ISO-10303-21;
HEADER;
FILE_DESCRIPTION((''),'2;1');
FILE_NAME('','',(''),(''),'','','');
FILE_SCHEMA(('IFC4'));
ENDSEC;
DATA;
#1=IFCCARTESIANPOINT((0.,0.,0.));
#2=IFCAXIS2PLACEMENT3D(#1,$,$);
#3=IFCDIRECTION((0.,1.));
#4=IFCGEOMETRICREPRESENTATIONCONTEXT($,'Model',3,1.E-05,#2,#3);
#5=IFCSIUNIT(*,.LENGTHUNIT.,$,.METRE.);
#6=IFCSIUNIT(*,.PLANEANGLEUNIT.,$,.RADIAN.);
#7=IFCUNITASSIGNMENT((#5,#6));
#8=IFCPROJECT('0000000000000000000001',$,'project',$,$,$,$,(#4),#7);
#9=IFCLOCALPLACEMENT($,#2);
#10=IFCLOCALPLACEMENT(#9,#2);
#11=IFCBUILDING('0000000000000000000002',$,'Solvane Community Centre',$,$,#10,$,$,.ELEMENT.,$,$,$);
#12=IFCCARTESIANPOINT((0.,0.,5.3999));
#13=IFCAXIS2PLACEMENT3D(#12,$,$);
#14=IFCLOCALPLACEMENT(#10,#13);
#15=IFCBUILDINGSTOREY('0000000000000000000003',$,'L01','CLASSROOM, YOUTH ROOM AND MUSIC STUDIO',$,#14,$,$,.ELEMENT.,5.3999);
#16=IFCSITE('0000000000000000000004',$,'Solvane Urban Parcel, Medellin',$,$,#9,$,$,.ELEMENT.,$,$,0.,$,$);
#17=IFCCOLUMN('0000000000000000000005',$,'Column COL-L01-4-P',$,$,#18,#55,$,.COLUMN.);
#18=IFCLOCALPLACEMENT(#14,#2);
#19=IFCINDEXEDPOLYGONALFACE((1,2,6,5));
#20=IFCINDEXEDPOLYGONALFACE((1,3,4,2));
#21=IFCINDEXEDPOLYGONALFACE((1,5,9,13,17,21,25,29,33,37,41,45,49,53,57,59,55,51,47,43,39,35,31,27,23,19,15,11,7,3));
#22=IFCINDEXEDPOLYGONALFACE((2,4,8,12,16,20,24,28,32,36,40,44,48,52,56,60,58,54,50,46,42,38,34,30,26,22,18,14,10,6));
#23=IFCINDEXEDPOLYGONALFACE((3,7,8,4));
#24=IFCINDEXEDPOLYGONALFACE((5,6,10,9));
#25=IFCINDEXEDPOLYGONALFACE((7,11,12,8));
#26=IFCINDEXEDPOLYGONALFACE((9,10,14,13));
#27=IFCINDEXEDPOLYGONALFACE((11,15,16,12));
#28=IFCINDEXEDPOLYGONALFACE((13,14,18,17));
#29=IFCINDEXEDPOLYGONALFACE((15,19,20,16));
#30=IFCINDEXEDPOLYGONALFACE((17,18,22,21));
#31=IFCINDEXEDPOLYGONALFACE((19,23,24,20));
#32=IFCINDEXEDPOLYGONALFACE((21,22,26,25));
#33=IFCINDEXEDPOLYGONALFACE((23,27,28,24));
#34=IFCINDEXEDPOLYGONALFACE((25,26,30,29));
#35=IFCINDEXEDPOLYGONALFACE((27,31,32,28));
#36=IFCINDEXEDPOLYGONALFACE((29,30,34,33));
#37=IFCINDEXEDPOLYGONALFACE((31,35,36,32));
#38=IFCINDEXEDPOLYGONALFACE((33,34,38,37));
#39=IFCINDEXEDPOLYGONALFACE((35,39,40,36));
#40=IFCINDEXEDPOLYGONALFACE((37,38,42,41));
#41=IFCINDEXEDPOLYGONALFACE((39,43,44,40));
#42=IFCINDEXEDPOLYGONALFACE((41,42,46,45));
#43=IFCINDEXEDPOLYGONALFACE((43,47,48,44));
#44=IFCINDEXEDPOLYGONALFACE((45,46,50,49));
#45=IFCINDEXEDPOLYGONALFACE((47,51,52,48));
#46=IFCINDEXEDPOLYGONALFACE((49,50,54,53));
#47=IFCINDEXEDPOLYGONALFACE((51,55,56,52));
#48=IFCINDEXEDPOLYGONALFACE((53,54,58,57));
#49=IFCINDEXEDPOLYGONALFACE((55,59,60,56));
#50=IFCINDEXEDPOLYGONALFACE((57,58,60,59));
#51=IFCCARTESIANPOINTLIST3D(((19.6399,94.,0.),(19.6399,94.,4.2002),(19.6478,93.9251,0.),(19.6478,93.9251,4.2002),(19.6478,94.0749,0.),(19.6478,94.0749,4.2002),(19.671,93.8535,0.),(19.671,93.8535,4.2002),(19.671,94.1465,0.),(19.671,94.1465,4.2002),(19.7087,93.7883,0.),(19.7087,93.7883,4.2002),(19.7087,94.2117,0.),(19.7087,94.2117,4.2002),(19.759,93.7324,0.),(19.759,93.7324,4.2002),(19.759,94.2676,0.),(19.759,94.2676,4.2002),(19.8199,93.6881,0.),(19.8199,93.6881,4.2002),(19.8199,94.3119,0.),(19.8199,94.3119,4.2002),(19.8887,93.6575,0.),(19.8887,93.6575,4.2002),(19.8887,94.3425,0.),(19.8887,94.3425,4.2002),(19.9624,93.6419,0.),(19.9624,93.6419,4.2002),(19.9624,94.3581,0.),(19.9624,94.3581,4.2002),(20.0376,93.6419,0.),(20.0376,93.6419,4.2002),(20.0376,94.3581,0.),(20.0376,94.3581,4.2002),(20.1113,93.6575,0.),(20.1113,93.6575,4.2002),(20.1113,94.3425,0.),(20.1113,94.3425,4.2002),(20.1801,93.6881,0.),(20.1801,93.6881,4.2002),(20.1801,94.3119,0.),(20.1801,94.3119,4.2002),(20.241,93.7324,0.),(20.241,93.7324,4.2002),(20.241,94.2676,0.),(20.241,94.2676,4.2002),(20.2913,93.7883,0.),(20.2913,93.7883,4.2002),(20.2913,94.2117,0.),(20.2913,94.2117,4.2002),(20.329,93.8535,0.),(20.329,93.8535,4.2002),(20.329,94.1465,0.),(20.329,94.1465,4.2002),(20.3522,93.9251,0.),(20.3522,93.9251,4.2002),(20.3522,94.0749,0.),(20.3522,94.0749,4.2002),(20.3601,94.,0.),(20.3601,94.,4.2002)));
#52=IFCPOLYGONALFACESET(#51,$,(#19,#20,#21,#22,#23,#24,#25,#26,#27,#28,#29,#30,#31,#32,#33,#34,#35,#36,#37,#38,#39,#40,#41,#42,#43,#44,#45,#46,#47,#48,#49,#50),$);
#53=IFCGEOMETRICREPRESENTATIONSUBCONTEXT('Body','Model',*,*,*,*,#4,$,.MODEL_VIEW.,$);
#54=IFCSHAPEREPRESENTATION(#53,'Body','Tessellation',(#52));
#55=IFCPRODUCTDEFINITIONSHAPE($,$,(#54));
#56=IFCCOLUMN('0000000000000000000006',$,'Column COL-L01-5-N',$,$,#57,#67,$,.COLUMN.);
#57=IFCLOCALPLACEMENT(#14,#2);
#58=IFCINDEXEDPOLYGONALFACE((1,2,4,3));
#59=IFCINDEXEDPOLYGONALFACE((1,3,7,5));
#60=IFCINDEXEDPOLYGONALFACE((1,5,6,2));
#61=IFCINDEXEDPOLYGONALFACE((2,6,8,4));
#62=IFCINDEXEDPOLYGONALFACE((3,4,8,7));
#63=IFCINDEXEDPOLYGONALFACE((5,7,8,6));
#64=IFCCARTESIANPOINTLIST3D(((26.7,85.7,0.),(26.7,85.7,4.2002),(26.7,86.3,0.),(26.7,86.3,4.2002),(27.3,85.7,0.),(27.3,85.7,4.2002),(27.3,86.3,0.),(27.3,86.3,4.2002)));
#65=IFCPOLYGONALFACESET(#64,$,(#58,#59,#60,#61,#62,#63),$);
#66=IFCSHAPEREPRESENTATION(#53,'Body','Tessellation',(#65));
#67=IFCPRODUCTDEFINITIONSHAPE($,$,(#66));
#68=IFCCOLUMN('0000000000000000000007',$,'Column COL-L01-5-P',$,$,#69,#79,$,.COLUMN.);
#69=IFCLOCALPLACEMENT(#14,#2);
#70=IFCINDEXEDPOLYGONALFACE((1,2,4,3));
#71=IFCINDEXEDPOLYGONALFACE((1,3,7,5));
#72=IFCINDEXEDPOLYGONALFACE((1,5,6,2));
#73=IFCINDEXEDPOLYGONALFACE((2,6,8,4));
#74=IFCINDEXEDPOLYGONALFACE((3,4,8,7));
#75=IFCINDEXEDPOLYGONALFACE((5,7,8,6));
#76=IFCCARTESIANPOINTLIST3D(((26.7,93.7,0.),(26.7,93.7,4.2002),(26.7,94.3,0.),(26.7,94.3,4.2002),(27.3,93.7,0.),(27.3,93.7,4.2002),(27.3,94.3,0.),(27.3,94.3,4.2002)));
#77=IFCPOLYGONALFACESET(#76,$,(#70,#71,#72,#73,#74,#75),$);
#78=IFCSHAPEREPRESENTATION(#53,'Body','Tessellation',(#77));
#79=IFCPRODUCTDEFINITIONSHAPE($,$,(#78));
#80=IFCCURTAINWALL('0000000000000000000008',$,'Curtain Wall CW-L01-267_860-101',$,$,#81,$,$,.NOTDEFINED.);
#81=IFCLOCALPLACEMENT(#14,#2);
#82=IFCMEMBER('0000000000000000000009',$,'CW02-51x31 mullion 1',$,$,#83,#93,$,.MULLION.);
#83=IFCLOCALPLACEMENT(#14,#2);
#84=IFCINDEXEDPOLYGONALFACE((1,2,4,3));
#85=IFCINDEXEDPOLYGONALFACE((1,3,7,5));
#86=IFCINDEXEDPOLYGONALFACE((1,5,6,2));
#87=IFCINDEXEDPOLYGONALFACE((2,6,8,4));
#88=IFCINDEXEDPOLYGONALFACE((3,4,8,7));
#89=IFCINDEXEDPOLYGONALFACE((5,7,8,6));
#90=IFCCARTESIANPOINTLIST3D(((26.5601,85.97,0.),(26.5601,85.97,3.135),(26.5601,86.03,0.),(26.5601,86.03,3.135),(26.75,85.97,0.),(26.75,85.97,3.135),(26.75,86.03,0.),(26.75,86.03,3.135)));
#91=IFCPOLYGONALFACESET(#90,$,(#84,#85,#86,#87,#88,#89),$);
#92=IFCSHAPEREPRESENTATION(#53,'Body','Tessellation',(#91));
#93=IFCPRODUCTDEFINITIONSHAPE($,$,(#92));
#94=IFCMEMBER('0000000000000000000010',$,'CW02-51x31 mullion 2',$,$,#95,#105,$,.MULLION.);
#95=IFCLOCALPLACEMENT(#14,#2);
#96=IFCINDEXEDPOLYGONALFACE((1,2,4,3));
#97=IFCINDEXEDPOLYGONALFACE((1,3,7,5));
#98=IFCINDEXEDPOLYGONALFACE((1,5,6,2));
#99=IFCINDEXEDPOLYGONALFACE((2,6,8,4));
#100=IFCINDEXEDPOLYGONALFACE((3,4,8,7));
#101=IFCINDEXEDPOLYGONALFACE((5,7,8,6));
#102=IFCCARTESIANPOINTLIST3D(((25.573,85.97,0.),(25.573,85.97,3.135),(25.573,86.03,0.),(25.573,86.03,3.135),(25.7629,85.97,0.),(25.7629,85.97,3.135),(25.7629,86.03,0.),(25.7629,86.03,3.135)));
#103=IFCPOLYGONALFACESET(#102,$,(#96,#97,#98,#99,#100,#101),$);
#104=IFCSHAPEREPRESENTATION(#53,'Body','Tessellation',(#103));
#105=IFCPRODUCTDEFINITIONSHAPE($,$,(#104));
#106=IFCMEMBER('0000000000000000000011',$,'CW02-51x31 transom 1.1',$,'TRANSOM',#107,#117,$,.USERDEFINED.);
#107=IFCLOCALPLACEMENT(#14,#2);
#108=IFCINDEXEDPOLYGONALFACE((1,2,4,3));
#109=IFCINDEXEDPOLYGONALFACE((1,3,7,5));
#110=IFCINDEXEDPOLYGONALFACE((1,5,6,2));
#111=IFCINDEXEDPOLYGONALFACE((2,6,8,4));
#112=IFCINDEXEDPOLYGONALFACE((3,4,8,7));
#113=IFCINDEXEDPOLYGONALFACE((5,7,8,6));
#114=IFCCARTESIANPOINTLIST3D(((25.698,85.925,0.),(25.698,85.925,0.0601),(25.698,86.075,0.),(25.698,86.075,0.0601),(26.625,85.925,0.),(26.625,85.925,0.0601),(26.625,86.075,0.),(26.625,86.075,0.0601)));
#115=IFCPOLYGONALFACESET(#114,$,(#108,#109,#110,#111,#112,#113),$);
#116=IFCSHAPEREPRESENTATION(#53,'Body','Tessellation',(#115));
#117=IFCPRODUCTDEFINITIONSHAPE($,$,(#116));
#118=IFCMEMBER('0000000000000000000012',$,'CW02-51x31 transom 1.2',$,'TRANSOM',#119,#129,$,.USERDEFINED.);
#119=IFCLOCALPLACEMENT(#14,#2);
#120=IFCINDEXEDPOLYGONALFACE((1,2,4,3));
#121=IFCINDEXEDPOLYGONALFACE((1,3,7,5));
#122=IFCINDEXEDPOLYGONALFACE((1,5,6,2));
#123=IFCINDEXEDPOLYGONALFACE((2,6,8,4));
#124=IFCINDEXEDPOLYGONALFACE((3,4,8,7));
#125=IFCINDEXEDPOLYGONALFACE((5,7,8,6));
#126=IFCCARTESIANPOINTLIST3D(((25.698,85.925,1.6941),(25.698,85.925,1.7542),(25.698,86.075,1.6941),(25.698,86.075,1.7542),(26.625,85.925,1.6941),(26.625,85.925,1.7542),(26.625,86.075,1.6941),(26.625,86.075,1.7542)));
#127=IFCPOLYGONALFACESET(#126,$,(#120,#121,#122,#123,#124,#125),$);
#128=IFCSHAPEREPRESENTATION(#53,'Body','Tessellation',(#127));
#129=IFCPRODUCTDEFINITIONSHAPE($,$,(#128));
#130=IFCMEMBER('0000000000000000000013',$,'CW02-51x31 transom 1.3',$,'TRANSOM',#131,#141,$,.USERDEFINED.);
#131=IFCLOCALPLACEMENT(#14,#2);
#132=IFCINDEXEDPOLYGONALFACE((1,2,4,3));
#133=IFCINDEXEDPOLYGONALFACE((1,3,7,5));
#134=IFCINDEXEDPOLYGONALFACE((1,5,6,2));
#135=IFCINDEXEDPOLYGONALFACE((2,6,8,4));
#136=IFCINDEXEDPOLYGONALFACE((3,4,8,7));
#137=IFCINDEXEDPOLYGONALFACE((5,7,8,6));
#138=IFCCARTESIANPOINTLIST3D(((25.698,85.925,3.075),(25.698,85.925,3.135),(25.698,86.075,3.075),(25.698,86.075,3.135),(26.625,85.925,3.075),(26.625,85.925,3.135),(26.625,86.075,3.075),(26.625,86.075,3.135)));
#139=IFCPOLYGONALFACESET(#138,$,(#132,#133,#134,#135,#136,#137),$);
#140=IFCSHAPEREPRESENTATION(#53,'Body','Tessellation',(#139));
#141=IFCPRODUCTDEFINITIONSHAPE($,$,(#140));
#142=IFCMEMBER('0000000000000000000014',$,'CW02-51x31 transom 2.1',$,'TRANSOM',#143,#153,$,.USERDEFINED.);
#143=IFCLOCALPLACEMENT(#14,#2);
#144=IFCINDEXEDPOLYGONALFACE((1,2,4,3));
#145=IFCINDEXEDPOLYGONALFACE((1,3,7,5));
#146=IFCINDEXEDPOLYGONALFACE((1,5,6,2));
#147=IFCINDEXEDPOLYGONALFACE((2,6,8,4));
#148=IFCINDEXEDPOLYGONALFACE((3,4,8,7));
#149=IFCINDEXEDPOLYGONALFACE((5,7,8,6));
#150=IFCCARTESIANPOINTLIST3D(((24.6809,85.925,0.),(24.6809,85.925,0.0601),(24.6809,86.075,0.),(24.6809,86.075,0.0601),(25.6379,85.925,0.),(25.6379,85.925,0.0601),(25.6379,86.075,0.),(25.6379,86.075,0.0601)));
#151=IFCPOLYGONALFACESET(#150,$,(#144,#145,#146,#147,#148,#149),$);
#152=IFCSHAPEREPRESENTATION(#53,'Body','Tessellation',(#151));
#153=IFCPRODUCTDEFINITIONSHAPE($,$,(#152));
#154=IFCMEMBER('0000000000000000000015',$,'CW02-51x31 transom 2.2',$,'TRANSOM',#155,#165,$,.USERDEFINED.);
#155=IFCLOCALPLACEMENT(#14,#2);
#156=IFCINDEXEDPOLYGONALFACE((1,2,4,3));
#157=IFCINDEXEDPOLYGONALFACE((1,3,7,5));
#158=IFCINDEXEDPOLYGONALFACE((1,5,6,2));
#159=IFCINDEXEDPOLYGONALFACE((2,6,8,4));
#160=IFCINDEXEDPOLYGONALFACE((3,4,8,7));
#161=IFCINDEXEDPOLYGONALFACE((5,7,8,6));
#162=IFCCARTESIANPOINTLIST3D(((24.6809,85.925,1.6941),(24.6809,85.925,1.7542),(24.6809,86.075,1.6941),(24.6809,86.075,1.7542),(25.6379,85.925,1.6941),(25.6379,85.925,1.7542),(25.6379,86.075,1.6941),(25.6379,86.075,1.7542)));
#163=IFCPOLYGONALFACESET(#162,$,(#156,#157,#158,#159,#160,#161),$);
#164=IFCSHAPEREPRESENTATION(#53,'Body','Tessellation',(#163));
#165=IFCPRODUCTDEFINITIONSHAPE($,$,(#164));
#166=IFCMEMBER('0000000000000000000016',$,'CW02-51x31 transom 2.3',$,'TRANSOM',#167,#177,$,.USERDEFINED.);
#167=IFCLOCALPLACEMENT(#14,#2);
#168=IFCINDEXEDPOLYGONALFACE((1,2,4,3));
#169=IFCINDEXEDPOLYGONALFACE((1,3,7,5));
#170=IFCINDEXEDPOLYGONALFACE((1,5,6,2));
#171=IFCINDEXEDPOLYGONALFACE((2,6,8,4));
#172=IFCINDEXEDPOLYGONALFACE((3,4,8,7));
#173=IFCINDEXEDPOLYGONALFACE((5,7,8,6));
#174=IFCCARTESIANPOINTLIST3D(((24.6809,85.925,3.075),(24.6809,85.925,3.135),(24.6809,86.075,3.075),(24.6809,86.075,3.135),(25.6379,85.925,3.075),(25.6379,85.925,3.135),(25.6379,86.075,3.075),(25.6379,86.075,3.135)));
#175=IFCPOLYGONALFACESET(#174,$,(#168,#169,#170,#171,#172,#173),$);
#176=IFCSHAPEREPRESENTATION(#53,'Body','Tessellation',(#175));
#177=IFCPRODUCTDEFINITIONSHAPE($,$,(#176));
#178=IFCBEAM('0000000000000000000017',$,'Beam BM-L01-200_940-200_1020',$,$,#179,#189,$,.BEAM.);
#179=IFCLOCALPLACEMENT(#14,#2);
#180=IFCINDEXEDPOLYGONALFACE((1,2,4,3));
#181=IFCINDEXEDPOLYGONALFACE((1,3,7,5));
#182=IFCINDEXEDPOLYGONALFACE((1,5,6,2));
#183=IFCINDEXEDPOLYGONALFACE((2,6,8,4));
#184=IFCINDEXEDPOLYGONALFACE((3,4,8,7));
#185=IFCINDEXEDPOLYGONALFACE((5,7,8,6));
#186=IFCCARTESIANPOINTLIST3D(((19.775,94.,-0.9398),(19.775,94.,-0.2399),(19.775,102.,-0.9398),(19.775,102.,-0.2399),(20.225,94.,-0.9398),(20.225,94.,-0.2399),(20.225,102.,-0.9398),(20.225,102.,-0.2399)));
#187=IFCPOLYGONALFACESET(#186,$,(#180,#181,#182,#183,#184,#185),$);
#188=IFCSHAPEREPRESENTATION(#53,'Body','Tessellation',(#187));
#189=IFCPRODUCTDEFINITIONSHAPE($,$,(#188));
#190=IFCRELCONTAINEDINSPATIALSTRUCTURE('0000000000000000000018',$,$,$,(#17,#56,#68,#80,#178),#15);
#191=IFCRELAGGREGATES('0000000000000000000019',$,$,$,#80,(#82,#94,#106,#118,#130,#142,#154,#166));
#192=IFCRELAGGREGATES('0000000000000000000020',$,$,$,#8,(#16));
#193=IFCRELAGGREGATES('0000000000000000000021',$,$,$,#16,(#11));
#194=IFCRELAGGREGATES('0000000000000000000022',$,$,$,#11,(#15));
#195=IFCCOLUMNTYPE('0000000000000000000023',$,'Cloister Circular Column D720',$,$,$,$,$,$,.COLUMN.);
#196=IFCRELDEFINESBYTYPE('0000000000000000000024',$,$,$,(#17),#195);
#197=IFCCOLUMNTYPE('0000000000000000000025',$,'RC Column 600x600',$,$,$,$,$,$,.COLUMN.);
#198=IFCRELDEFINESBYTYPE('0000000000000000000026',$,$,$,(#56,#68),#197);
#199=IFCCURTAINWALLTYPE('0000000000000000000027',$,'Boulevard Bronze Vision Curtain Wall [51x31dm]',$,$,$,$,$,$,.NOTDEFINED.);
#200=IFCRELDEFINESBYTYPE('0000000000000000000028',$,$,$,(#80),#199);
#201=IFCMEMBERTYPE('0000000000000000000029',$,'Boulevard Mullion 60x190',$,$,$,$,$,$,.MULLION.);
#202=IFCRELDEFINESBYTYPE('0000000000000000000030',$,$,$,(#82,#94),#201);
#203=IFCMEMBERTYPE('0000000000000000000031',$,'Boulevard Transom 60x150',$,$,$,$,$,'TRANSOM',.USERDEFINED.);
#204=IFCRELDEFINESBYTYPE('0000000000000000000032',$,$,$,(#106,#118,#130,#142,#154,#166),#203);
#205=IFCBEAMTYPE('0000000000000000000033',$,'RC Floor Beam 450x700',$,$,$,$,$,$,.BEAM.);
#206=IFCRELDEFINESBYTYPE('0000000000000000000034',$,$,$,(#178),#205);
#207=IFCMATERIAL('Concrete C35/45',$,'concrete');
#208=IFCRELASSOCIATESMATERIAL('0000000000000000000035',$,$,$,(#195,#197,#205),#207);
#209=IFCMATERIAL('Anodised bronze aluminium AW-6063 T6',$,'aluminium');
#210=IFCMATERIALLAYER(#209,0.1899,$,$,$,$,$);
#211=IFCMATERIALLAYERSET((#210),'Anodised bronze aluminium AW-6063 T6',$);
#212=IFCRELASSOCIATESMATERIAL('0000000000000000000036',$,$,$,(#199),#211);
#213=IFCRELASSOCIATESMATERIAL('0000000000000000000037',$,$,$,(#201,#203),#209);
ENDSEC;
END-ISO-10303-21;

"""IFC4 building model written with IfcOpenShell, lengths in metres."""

from ifc_helpers import new_model, si_unit, direction, frame, origin, origin_2d, place, context, subcontext, project, spatial, rectangle, circle, extrude, material, layer, layer_set, material_profile, profile_set, type_object, element, aggregate, save


model = new_model("IFC4")

# Units and contexts
model_context = context("Model", 3, precision=1e-05, world=origin(), true_north=direction((0.0, 1.0)))
body_context = subcontext(model_context, "Body", "Model", "MODEL_VIEW")
ifc_project = project(units=[si_unit("LENGTHUNIT", "METRE"), si_unit("PLANEANGLEUNIT", "RADIAN")], contexts=[model_context])

# Site, building, storey
site_placement = place(None, origin())
site = spatial("IfcSite", under=ifc_project, at=site_placement, Name="Solvane Urban Parcel, Medellin", CompositionType="ELEMENT", RefElevation=0.0)
building_placement = place(site_placement, origin())
building = spatial("IfcBuilding", under=site, at=building_placement, Name="Solvane Community Centre", CompositionType="ELEMENT")
storey_placement = place(building_placement, frame((0.0, 0.0, 5.3999)))
storey = spatial("IfcBuildingStorey", under=building, at=storey_placement, Name="L01", Description="CLASSROOM, YOUTH ROOM AND MUSIC STUDIO", CompositionType="ELEMENT", Elevation=5.3999)

# Columns
ifc_material_1 = material(Name="Concrete C35/45", Category="concrete")
ifc_material_profile_1 = material_profile(ifc_material_1, circle(Radius=0.3601, at=origin_2d()), Name="RC D720")
ifc_profile_set_1 = profile_set([ifc_material_profile_1], Name="Concrete C35/45")
column_type_1 = type_object("IfcColumnType", Name="Cloister Circular Column D720", PredefinedType="COLUMN", material=ifc_profile_set_1)
column_placement = place(storey_placement, frame((20.0, 94.0, 0.0), z_axis=(0.0, 0.0, 1.0), x_axis=(1.0, 0.0, 0.0)))
element("IfcColumn", 1, at=column_placement, inside=storey, type_object=column_type_1, Name="Column COL-L01-4-P", PredefinedType="COLUMN", context=body_context, shape_type="SweptSolid", body=[
    extrude(circle(Radius=0.3601, at=origin_2d()), origin(), (0.0, 0.0, 1.0), 4.2002),
])
ifc_material_profile_2 = material_profile(ifc_material_1, rectangle(XDim=0.6001, YDim=0.6001, at=origin_2d()), Name="RC 600x600")
ifc_profile_set_2 = profile_set([ifc_material_profile_2], Name="Concrete C35/45")
column_type_2 = type_object("IfcColumnType", Name="RC Column 600x600", PredefinedType="COLUMN", material=ifc_profile_set_2)
for number, where, z_axis, x_axis, name in (
    (2, (27.0, 86.0, 0.0), (0.0, 0.0, 1.0), (1.0, 0.0, 0.0), "Column COL-L01-5-N"),
    (3, (27.0, 94.0, 0.0), (0.0, 0.0, 1.0), (1.0, 0.0, 0.0), "Column COL-L01-5-P"),
):
    element("IfcColumn", number, at=place(storey_placement, frame(where, z_axis=z_axis, x_axis=x_axis)), inside=storey, type_object=column_type_2, Name=name, PredefinedType="COLUMN", context=body_context, shape_type="SweptSolid", body=[
        extrude(rectangle(XDim=0.6001, YDim=0.6001, at=origin_2d()), origin(), (0.0, 0.0, 1.0), 4.2002),
    ])

# Curtain wall, members
ifc_material_2 = material(Name="Anodised bronze aluminium AW-6063 T6", Category="aluminium")
ifc_layer_1 = layer(ifc_material_2, 0.1899)
ifc_layer_set_1 = layer_set([ifc_layer_1], Name="Anodised bronze aluminium AW-6063 T6")
curtain_wall_type = type_object("IfcCurtainWallType", Name="Boulevard Bronze Vision Curtain Wall [51x31dm]", PredefinedType="NOTDEFINED", material=ifc_layer_set_1)
curtain_wall_placement = place(storey_placement, origin())
curtain_wall = element("IfcCurtainWall", 4, at=curtain_wall_placement, inside=storey, type_object=curtain_wall_type, Name="Curtain Wall CW-L01-267_860-101", PredefinedType="NOTDEFINED")
ifc_material_profile_3 = material_profile(ifc_material_2, rectangle(XDim=0.0601, YDim=0.1899, at=origin_2d()), Name="CW-M 60x190")
ifc_profile_set_3 = profile_set([ifc_material_profile_3], Name="Anodised bronze aluminium AW-6063 T6")
member_type_1 = type_object("IfcMemberType", Name="Boulevard Mullion 60x190", PredefinedType="MULLION", material=ifc_profile_set_3)
member_1_placement = place(storey_placement, frame((26.655, 86.0, 0.0), z_axis=(0.0, 0.0, 1.0), x_axis=(0.0, -1.0, 0.0)))
member_1 = element("IfcMember", 5, at=member_1_placement, type_object=member_type_1, Name="CW02-51x31 mullion 1", PredefinedType="MULLION", context=body_context, shape_type="SweptSolid", body=[
    extrude(rectangle(XDim=0.0601, YDim=0.1899, at=origin_2d()), origin(), (0.0, 0.0, 1.0), 3.135),
])
member_2_placement = place(storey_placement, frame((25.668, 86.0, 0.0), z_axis=(0.0, 0.0, 1.0), x_axis=(0.0, -1.0, 0.0)))
member_2 = element("IfcMember", 6, at=member_2_placement, type_object=member_type_1, Name="CW02-51x31 mullion 2", PredefinedType="MULLION", context=body_context, shape_type="SweptSolid", body=[
    extrude(rectangle(XDim=0.0601, YDim=0.1899, at=origin_2d()), origin(), (0.0, 0.0, 1.0), 3.135),
])
ifc_material_profile_4 = material_profile(ifc_material_2, rectangle(XDim=0.1499, YDim=0.0601, at=origin_2d()), Name="CW-T 60x150")
ifc_profile_set_4 = profile_set([ifc_material_profile_4], Name="Anodised bronze aluminium AW-6063 T6")
member_type_2 = type_object("IfcMemberType", Name="Boulevard Transom 60x150", ElementType="TRANSOM", PredefinedType="USERDEFINED", material=ifc_profile_set_4)
member_3_placement = place(storey_placement, frame((26.625, 86.0, 0.03), z_axis=(-1.0, 0.0, 0.0), x_axis=(0.0, -1.0, 0.0)))
member_3 = element("IfcMember", 7, at=member_3_placement, type_object=member_type_2, Name="CW02-51x31 transom 1.1", ObjectType="TRANSOM", PredefinedType="USERDEFINED", context=body_context, shape_type="SweptSolid", body=[
    extrude(rectangle(XDim=0.1499, YDim=0.0601, at=origin_2d()), origin(), (0.0, 0.0, 1.0), 0.927),
])
member_4_placement = place(storey_placement, frame((26.625, 86.0, 1.7241), z_axis=(-1.0, 0.0, 0.0), x_axis=(0.0, -1.0, 0.0)))
member_4 = element("IfcMember", 8, at=member_4_placement, type_object=member_type_2, Name="CW02-51x31 transom 1.2", ObjectType="TRANSOM", PredefinedType="USERDEFINED", context=body_context, shape_type="SweptSolid", body=[
    extrude(rectangle(XDim=0.1499, YDim=0.0601, at=origin_2d()), origin(), (0.0, 0.0, 1.0), 0.927),
])
member_5_placement = place(storey_placement, frame((26.625, 86.0, 3.105), z_axis=(-1.0, 0.0, 0.0), x_axis=(0.0, -1.0, 0.0)))
member_5 = element("IfcMember", 9, at=member_5_placement, type_object=member_type_2, Name="CW02-51x31 transom 1.3", ObjectType="TRANSOM", PredefinedType="USERDEFINED", context=body_context, shape_type="SweptSolid", body=[
    extrude(rectangle(XDim=0.1499, YDim=0.0601, at=origin_2d()), origin(), (0.0, 0.0, 1.0), 0.927),
])
member_6_placement = place(storey_placement, frame((25.6379, 86.0, 0.03), z_axis=(-1.0, 0.0, 0.0), x_axis=(0.0, -1.0, 0.0)))
member_6 = element("IfcMember", 10, at=member_6_placement, type_object=member_type_2, Name="CW02-51x31 transom 2.1", ObjectType="TRANSOM", PredefinedType="USERDEFINED", context=body_context, shape_type="SweptSolid", body=[
    extrude(rectangle(XDim=0.1499, YDim=0.0601, at=origin_2d()), origin(), (0.0, 0.0, 1.0), 0.957),
])
member_7_placement = place(storey_placement, frame((25.6379, 86.0, 1.7241), z_axis=(-1.0, 0.0, 0.0), x_axis=(0.0, -1.0, 0.0)))
member_7 = element("IfcMember", 11, at=member_7_placement, type_object=member_type_2, Name="CW02-51x31 transom 2.2", ObjectType="TRANSOM", PredefinedType="USERDEFINED", context=body_context, shape_type="SweptSolid", body=[
    extrude(rectangle(XDim=0.1499, YDim=0.0601, at=origin_2d()), origin(), (0.0, 0.0, 1.0), 0.957),
])
member_8_placement = place(storey_placement, frame((25.6379, 86.0, 3.105), z_axis=(-1.0, 0.0, 0.0), x_axis=(0.0, -1.0, 0.0)))
member_8 = element("IfcMember", 12, at=member_8_placement, type_object=member_type_2, Name="CW02-51x31 transom 2.3", ObjectType="TRANSOM", PredefinedType="USERDEFINED", context=body_context, shape_type="SweptSolid", body=[
    extrude(rectangle(XDim=0.1499, YDim=0.0601, at=origin_2d()), origin(), (0.0, 0.0, 1.0), 0.957),
])

# Beam
ifc_material_profile_5 = material_profile(ifc_material_1, rectangle(XDim=0.45, YDim=0.7, at=origin_2d()), Name="RC 450x700")
ifc_profile_set_5 = profile_set([ifc_material_profile_5], Name="Concrete C35/45")
beam_type_1 = type_object("IfcBeamType", Name="RC Floor Beam 450x700", PredefinedType="BEAM", material=ifc_profile_set_5)
for number, where, z_axis, x_axis, name in (
    (13, (20.0, 94.0, -0.5898), (0.0, 1.0, 0.0), (-1.0, 0.0, 0.0), "Beam BM-L01-200_940-200_1020"),
):
    element("IfcBeam", number, at=place(storey_placement, frame(where, z_axis=z_axis, x_axis=x_axis)), inside=storey, type_object=beam_type_1, Name=name, PredefinedType="BEAM", context=body_context, shape_type="SweptSolid", body=[
        extrude(rectangle(XDim=0.45, YDim=0.7, at=origin_2d()), origin(), (0.0, 0.0, 1.0), 8.0),
    ])

aggregate(curtain_wall, [member_1, member_2, member_3, member_4, member_5, member_6, member_7, member_8])

save(model, "model.ifc")
